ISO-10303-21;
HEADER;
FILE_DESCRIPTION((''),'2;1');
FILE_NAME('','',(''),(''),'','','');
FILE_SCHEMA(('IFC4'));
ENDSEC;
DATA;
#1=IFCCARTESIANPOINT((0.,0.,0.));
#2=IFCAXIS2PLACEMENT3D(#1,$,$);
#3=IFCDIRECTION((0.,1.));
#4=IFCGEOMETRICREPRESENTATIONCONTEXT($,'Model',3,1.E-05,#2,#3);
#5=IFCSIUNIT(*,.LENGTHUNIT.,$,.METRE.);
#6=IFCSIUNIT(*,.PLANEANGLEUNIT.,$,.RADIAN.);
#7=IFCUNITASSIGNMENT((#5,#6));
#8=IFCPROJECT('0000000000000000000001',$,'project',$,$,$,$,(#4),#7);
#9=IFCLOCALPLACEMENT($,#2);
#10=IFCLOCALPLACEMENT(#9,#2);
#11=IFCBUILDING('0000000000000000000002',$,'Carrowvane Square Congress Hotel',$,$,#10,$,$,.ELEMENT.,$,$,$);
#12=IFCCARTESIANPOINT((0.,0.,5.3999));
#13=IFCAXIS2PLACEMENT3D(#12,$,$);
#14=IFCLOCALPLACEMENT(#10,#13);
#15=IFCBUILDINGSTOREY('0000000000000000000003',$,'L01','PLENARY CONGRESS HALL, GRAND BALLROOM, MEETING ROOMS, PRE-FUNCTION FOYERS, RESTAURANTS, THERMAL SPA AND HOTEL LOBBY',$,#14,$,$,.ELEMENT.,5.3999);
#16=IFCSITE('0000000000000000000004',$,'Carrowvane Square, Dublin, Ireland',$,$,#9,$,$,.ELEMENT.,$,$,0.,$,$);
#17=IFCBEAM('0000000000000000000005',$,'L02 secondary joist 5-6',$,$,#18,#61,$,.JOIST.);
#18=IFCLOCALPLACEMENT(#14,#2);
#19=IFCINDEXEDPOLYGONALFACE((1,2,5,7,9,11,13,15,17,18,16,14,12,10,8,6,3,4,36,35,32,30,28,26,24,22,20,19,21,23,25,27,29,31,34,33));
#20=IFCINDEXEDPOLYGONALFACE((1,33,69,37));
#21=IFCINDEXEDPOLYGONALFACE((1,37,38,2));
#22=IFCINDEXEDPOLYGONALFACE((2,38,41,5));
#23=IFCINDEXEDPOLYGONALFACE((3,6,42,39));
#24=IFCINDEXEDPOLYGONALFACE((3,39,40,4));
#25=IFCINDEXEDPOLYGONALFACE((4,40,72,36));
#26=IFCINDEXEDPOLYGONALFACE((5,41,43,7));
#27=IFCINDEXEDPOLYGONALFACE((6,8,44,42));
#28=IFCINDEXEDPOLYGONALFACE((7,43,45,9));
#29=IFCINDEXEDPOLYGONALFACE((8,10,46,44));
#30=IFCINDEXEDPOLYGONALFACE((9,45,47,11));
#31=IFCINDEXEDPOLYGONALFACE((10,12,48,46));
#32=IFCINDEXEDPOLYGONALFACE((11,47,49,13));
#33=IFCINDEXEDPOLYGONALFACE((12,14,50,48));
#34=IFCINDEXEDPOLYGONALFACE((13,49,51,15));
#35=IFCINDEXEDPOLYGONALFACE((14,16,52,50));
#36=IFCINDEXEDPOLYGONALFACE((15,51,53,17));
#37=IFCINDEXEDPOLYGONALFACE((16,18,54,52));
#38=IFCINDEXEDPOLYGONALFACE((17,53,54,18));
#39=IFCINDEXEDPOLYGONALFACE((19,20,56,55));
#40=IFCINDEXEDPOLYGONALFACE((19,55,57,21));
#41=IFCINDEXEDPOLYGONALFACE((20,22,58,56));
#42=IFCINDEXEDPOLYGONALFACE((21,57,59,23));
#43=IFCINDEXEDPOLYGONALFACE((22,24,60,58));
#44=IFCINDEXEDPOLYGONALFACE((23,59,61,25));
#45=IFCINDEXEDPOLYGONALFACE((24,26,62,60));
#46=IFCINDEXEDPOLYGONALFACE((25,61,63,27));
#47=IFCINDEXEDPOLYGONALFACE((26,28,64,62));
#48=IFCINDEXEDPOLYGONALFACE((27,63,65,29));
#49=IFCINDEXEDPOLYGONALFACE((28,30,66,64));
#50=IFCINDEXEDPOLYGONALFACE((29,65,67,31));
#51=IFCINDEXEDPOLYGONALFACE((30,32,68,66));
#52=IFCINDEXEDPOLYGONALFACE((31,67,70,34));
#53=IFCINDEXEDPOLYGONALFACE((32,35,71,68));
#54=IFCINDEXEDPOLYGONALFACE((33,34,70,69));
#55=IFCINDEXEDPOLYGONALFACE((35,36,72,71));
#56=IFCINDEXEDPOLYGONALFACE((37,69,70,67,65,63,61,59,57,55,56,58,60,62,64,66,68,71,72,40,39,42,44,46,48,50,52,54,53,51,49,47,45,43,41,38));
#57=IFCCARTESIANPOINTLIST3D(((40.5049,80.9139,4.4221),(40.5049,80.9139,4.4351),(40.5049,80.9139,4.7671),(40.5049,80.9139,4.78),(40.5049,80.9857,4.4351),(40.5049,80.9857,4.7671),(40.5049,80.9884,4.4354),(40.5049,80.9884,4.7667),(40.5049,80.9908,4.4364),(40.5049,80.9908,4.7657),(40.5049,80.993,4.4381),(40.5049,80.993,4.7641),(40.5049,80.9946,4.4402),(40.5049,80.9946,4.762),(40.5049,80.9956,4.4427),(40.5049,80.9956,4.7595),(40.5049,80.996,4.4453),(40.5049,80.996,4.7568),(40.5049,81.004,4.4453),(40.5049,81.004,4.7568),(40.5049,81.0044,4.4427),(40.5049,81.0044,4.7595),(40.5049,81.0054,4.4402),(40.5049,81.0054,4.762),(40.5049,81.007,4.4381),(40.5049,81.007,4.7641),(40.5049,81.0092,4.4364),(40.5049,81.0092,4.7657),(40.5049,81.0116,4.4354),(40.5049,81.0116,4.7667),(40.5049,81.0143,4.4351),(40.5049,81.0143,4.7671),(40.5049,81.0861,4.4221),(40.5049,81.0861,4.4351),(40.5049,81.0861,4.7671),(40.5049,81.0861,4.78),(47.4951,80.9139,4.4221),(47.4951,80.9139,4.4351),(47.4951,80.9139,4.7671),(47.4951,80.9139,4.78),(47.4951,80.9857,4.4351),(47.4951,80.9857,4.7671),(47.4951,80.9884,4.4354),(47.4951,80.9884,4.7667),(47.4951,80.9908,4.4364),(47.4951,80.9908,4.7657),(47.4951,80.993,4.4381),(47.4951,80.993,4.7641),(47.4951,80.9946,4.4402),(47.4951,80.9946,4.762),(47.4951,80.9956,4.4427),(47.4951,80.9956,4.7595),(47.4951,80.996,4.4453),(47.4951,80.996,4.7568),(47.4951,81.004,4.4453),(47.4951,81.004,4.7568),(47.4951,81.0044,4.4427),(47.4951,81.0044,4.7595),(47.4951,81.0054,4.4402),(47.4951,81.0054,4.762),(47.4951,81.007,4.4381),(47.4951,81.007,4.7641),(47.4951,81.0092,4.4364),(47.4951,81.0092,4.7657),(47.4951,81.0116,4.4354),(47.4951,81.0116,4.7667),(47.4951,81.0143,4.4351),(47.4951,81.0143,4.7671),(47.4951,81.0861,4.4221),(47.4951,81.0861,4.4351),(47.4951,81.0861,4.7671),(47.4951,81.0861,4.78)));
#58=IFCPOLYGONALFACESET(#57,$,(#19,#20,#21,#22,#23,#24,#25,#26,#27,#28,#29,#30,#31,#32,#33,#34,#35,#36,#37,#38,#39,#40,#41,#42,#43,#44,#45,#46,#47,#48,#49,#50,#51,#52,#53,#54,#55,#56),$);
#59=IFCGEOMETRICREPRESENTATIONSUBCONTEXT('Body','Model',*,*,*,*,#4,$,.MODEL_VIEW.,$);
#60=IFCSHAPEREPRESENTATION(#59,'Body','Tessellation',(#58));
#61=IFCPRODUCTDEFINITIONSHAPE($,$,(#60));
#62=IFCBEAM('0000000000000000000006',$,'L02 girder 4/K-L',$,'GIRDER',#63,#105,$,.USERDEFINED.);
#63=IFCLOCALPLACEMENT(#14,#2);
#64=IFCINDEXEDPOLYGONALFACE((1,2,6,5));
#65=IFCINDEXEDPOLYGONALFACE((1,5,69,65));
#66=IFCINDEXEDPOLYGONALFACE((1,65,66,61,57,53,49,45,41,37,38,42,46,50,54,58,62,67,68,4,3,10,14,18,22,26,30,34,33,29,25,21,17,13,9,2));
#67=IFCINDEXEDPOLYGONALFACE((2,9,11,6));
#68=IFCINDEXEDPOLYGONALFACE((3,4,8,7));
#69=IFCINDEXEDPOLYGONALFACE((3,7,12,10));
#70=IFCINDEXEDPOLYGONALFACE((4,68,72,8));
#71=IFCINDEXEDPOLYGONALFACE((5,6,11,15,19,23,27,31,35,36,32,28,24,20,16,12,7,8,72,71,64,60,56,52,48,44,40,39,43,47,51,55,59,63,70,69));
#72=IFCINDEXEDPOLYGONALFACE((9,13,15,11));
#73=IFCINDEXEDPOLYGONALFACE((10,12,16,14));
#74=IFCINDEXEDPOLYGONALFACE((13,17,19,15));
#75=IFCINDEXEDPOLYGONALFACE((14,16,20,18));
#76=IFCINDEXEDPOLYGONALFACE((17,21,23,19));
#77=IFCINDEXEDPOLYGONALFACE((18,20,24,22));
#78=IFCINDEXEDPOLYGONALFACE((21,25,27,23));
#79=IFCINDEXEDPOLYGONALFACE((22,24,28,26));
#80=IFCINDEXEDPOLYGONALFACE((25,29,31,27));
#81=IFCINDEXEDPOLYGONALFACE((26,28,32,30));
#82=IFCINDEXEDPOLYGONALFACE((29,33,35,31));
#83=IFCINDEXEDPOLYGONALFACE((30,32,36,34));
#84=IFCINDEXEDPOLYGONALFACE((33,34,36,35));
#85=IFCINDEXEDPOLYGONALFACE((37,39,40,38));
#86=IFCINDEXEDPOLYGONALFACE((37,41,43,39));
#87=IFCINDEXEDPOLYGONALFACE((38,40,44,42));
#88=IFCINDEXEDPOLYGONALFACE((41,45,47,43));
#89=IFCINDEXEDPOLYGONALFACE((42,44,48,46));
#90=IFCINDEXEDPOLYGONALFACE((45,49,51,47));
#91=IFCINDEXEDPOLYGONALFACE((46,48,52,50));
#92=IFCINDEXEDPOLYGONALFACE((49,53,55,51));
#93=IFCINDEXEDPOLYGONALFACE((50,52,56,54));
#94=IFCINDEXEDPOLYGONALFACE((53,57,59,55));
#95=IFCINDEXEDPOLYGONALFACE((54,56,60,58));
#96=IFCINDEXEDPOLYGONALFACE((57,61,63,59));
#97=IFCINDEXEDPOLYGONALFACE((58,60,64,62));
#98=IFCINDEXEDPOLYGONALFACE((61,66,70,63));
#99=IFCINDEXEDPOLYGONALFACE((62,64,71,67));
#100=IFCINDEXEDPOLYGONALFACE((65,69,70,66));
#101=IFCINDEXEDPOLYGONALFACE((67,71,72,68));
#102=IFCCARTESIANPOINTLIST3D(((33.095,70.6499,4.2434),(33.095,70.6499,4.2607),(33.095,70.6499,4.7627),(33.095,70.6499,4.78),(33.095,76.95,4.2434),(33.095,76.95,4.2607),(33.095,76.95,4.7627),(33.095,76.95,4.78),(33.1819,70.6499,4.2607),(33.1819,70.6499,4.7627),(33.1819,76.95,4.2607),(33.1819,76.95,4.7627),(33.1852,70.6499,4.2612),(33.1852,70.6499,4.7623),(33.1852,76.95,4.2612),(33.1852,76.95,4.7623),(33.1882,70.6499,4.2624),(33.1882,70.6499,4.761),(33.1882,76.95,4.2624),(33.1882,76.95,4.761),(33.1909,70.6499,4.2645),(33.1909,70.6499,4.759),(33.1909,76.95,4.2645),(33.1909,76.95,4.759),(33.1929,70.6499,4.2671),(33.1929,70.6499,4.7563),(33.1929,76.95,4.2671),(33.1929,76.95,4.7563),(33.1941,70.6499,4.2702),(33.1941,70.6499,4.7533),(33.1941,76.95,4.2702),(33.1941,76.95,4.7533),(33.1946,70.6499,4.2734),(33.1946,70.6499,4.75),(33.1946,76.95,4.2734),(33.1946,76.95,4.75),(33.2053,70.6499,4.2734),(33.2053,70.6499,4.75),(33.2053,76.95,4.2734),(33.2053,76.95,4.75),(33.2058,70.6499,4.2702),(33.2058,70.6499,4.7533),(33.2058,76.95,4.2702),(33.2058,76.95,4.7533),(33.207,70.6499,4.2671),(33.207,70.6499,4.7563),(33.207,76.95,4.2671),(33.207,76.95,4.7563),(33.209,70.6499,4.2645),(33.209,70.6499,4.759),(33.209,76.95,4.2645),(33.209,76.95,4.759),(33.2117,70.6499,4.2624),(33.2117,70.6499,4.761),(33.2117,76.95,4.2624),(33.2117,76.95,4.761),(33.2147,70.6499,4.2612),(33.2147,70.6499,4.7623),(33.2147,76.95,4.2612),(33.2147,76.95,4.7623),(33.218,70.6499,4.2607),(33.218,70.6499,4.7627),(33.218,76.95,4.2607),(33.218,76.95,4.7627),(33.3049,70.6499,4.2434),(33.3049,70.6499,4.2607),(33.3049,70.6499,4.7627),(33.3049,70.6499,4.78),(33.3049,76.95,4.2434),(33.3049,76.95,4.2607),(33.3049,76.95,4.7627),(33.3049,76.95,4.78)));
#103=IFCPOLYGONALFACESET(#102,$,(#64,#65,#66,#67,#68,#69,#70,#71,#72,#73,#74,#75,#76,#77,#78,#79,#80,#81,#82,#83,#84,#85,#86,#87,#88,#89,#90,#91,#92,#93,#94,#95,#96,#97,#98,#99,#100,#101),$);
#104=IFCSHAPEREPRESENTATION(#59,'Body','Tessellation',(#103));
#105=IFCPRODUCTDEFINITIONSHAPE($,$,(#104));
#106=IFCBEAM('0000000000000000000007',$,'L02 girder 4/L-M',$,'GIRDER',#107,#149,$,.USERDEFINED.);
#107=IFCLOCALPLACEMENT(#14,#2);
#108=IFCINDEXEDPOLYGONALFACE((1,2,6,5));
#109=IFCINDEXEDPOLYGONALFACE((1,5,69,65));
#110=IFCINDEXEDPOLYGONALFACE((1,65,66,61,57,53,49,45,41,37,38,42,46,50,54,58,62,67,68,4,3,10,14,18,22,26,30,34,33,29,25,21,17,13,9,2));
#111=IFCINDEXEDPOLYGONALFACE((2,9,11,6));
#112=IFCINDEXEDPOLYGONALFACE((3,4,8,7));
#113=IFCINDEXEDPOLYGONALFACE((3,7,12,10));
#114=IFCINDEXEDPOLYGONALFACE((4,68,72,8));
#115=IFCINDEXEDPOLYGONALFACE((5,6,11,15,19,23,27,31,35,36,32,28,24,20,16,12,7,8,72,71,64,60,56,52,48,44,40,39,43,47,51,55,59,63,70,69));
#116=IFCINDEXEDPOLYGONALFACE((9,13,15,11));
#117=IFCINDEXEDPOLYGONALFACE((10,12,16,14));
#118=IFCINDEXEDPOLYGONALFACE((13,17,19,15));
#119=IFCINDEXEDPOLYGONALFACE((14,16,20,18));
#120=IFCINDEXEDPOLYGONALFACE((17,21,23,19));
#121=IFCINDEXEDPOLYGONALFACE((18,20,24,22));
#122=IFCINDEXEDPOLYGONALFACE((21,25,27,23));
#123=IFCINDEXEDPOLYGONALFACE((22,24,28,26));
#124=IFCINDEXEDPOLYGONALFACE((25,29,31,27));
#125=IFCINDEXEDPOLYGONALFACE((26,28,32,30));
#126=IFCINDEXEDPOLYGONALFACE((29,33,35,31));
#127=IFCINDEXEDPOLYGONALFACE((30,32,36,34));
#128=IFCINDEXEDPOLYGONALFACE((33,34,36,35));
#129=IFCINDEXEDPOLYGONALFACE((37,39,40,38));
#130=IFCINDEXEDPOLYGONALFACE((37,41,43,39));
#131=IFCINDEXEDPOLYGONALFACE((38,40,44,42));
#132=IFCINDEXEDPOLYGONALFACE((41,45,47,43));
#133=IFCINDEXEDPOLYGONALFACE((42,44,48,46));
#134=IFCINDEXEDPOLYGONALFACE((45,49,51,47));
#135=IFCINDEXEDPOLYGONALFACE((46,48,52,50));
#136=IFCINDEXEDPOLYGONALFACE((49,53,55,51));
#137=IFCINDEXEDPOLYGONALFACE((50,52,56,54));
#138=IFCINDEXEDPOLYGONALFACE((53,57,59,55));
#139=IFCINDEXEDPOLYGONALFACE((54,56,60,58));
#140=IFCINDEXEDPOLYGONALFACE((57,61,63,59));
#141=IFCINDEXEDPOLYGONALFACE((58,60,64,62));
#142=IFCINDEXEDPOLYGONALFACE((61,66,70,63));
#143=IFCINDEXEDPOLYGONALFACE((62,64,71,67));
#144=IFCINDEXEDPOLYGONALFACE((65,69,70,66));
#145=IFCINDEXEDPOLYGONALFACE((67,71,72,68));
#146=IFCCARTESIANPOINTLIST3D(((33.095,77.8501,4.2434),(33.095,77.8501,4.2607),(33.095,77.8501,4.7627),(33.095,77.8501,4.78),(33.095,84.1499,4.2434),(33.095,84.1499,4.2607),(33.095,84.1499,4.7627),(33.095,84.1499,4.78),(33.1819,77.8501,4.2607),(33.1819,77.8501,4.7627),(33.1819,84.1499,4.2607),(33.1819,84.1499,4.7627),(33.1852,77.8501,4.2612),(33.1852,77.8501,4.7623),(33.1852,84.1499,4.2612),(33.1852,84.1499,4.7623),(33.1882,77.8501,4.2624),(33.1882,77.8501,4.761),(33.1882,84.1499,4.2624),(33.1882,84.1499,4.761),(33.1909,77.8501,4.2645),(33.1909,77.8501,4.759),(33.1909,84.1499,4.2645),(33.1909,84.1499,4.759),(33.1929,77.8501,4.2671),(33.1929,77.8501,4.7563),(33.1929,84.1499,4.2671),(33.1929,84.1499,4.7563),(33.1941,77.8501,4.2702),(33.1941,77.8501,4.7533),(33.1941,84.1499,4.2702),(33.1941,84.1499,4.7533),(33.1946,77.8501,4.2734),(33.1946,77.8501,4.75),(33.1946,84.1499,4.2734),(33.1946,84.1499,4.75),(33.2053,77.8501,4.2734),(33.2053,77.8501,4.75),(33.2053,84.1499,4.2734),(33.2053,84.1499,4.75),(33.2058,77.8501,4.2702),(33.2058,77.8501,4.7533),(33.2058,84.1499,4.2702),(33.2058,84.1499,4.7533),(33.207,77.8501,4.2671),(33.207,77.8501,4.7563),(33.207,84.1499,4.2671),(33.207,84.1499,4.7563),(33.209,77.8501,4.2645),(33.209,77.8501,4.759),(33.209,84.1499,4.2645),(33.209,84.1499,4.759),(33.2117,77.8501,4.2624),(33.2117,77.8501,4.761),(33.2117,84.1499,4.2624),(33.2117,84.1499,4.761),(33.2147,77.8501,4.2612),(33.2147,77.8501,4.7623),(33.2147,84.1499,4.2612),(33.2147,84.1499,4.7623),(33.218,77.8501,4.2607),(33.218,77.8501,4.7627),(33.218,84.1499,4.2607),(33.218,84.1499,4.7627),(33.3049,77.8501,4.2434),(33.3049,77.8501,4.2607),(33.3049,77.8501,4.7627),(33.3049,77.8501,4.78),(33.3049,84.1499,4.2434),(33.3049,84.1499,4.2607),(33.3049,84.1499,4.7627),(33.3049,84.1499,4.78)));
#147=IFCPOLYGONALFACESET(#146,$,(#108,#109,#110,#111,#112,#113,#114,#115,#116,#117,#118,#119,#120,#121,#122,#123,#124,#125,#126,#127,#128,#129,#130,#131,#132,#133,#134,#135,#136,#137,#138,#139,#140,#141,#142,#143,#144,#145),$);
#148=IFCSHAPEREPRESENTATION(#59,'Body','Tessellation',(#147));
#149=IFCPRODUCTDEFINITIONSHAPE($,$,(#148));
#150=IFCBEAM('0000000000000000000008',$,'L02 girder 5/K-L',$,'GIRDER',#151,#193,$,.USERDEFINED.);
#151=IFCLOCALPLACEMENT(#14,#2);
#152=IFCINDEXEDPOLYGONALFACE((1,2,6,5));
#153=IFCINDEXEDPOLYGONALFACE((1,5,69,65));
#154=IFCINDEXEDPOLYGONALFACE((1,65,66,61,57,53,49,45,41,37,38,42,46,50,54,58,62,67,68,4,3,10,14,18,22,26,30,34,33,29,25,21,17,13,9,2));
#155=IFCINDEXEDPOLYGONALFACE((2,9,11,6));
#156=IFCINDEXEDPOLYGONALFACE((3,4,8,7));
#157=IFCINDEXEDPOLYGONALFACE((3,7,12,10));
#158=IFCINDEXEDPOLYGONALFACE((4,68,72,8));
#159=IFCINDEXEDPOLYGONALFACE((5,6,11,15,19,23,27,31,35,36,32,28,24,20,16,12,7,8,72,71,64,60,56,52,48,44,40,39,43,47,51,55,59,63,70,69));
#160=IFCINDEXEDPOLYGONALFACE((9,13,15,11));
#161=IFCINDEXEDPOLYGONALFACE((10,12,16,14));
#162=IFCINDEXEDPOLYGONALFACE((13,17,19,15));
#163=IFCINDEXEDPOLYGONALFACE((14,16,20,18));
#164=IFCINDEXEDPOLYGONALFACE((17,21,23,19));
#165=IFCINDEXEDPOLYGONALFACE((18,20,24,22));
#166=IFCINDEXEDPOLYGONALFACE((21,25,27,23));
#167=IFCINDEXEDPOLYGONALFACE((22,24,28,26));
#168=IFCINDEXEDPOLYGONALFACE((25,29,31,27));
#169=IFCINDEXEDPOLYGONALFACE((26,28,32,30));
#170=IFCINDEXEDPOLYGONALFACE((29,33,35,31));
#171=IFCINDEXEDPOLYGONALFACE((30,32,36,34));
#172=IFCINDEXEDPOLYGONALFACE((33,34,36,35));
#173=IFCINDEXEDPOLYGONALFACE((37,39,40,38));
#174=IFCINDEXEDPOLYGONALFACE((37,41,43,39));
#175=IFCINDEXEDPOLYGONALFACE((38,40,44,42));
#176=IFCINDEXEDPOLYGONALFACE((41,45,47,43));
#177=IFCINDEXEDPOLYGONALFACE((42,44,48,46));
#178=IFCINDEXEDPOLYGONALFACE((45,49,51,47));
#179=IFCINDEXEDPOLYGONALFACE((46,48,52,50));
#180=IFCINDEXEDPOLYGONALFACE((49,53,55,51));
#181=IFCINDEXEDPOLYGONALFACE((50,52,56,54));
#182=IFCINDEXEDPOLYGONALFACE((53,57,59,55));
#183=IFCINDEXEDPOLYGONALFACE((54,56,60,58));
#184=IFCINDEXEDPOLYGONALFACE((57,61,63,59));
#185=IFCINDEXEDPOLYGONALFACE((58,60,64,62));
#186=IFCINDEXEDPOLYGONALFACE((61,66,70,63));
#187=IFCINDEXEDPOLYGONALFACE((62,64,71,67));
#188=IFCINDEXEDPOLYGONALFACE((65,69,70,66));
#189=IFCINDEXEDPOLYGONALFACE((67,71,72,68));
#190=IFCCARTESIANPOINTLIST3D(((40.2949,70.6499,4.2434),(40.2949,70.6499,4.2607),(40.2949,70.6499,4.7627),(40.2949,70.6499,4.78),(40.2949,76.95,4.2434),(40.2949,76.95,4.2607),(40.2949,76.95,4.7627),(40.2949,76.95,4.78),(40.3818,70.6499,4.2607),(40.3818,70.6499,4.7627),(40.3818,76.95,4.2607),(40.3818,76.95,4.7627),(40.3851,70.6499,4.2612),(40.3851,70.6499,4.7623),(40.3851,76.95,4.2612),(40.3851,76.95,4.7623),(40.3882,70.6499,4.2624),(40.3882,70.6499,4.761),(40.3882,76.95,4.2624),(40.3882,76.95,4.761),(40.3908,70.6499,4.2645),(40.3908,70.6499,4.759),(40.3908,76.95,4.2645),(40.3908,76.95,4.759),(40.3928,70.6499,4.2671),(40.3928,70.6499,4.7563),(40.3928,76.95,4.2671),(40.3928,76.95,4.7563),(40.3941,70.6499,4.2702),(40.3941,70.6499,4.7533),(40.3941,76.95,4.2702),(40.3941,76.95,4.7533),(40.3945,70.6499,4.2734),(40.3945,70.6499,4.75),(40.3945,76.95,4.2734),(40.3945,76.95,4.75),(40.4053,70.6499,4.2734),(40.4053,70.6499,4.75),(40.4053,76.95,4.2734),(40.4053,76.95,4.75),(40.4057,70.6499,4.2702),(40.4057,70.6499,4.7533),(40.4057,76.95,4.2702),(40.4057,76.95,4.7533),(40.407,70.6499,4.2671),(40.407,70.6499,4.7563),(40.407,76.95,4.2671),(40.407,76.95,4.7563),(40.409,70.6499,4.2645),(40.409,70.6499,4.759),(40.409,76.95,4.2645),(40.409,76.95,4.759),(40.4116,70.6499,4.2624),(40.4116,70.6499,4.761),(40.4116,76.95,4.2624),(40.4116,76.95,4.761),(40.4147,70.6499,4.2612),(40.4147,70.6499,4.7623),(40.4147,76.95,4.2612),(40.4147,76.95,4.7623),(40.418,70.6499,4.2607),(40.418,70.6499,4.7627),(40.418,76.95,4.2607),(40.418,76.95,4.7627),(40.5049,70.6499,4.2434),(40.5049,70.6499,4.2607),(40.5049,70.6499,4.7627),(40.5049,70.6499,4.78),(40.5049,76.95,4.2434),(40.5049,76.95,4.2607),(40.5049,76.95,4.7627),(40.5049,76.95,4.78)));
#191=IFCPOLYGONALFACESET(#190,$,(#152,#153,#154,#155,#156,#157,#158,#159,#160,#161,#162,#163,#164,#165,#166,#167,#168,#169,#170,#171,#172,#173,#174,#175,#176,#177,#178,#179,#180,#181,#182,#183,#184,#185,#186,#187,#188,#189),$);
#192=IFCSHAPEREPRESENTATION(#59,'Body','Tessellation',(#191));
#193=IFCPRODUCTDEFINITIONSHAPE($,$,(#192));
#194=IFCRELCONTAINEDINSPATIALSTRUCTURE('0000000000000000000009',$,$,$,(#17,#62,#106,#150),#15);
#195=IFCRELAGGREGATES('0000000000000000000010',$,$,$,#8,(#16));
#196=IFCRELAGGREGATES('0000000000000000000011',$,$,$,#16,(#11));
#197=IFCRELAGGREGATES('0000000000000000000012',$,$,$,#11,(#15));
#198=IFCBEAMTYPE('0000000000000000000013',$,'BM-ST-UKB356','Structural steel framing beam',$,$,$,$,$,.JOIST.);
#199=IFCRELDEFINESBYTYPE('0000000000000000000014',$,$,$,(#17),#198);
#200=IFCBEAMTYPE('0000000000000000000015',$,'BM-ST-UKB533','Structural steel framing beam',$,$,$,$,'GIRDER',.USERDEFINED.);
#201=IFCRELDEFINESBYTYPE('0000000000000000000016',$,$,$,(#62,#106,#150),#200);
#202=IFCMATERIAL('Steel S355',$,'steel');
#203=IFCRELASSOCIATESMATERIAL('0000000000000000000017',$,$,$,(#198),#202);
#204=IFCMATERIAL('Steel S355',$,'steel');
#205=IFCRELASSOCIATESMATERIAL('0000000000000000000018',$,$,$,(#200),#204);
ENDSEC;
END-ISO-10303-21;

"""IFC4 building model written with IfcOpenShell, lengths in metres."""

from ifc_helpers import new_model, si_unit, direction, frame, origin, origin_2d, place, context, subcontext, project, spatial, i_section, extrude, material, material_profile, profile_set, type_object, element, save


model = new_model("IFC4")

# Units and contexts
model_context = context("Model", 3, precision=1e-05, world=origin(), true_north=direction((0.0, 1.0)))
body_context = subcontext(model_context, "Body", "Model", "MODEL_VIEW")
ifc_project = project(units=[si_unit("LENGTHUNIT", "METRE"), si_unit("PLANEANGLEUNIT", "RADIAN")], contexts=[model_context])

# Site, building, storey
site_placement = place(None, origin())
site = spatial("IfcSite", under=ifc_project, at=site_placement, Name="Carrowvane Square, Dublin, Ireland", CompositionType="ELEMENT", RefElevation=0.0)
building_placement = place(site_placement, origin())
building = spatial("IfcBuilding", under=site, at=building_placement, Name="Carrowvane Square Congress Hotel", CompositionType="ELEMENT")
storey_placement = place(building_placement, frame((0.0, 0.0, 5.3999)))
storey = spatial("IfcBuildingStorey", under=building, at=storey_placement, Name="L01", Description="PLENARY CONGRESS HALL, GRAND BALLROOM, MEETING ROOMS, PRE-FUNCTION FOYERS, RESTAURANTS, THERMAL SPA AND HOTEL LOBBY", CompositionType="ELEMENT", Elevation=5.3999)

# Beams
ifc_material_1 = material(Name="Steel S355", Category="steel")
ifc_material_profile_1 = material_profile(ifc_material_1, i_section(OverallWidth=0.1721, OverallDepth=0.3579, WebThickness=0.0081, FlangeThickness=0.0129, FilletRadius=0.0103, at=origin_2d()), Name="UKB 356x171x57")
ifc_profile_set_1 = profile_set([ifc_material_profile_1], Name="Steel S355")
beam_type_1 = type_object("IfcBeamType", Name="BM-ST-UKB356", Description="Structural steel framing beam", PredefinedType="JOIST", material=ifc_profile_set_1)
for number, where, z_axis, x_axis, name in (
    (1, (40.5049, 81.0, 4.6011), (1.0, 0.0, 0.0), (0.0, 1.0, 0.0), "L02 secondary joist 5-6"),
):
    element("IfcBeam", number, at=place(storey_placement, frame(where, z_axis=z_axis, x_axis=x_axis)), inside=storey, type_object=beam_type_1, Name=name, PredefinedType="JOIST", context=body_context, shape_type="SweptSolid", body=[
        extrude(i_section(OverallWidth=0.1721, OverallDepth=0.3579, WebThickness=0.0081, FlangeThickness=0.0129, FilletRadius=0.0103, at=origin_2d()), origin(), (0.0, 0.0, 1.0), 6.9902),
    ])
ifc_material_2 = material(Name="Steel S355", Category="steel")
ifc_material_profile_2 = material_profile(ifc_material_2, i_section(OverallWidth=0.21, OverallDepth=0.5366, WebThickness=0.0107, FlangeThickness=0.0173, FilletRadius=0.0127, at=origin_2d()), Name="UKB 533x210x101")
ifc_profile_set_2 = profile_set([ifc_material_profile_2], Name="Steel S355")
beam_type_2 = type_object("IfcBeamType", Name="BM-ST-UKB533", Description="Structural steel framing beam", ElementType="GIRDER", PredefinedType="USERDEFINED", material=ifc_profile_set_2)
beam_1_placement = place(storey_placement, frame((33.2, 70.6499, 4.5117), z_axis=(0.0, 1.0, 0.0), x_axis=(-1.0, 0.0, 0.0)))
element("IfcBeam", 2, at=beam_1_placement, inside=storey, type_object=beam_type_2, Name="L02 girder 4/K-L", ObjectType="GIRDER", PredefinedType="USERDEFINED", context=body_context, shape_type="SweptSolid", body=[
    extrude(i_section(OverallWidth=0.21, OverallDepth=0.5366, WebThickness=0.0107, FlangeThickness=0.0173, FilletRadius=0.0127, at=origin_2d()), origin(), (0.0, 0.0, 1.0), 6.3),
])
beam_2_placement = place(storey_placement, frame((33.2, 77.8501, 4.5117), z_axis=(0.0, 1.0, 0.0), x_axis=(-1.0, 0.0, 0.0)))
element("IfcBeam", 3, at=beam_2_placement, inside=storey, type_object=beam_type_2, Name="L02 girder 4/L-M", ObjectType="GIRDER", PredefinedType="USERDEFINED", context=body_context, shape_type="SweptSolid", body=[
    extrude(i_section(OverallWidth=0.21, OverallDepth=0.5366, WebThickness=0.0107, FlangeThickness=0.0173, FilletRadius=0.0127, at=origin_2d()), origin(), (0.0, 0.0, 1.0), 6.2998),
])
beam_3_placement = place(storey_placement, frame((40.3999, 70.6499, 4.5117), z_axis=(0.0, 1.0, 0.0), x_axis=(-1.0, 0.0, 0.0)))
element("IfcBeam", 4, at=beam_3_placement, inside=storey, type_object=beam_type_2, Name="L02 girder 5/K-L", ObjectType="GIRDER", PredefinedType="USERDEFINED", context=body_context, shape_type="SweptSolid", body=[
    extrude(i_section(OverallWidth=0.21, OverallDepth=0.5366, WebThickness=0.0107, FlangeThickness=0.0173, FilletRadius=0.0127, at=origin_2d()), origin(), (0.0, 0.0, 1.0), 6.3),
])

save(model, "model.ifc")
